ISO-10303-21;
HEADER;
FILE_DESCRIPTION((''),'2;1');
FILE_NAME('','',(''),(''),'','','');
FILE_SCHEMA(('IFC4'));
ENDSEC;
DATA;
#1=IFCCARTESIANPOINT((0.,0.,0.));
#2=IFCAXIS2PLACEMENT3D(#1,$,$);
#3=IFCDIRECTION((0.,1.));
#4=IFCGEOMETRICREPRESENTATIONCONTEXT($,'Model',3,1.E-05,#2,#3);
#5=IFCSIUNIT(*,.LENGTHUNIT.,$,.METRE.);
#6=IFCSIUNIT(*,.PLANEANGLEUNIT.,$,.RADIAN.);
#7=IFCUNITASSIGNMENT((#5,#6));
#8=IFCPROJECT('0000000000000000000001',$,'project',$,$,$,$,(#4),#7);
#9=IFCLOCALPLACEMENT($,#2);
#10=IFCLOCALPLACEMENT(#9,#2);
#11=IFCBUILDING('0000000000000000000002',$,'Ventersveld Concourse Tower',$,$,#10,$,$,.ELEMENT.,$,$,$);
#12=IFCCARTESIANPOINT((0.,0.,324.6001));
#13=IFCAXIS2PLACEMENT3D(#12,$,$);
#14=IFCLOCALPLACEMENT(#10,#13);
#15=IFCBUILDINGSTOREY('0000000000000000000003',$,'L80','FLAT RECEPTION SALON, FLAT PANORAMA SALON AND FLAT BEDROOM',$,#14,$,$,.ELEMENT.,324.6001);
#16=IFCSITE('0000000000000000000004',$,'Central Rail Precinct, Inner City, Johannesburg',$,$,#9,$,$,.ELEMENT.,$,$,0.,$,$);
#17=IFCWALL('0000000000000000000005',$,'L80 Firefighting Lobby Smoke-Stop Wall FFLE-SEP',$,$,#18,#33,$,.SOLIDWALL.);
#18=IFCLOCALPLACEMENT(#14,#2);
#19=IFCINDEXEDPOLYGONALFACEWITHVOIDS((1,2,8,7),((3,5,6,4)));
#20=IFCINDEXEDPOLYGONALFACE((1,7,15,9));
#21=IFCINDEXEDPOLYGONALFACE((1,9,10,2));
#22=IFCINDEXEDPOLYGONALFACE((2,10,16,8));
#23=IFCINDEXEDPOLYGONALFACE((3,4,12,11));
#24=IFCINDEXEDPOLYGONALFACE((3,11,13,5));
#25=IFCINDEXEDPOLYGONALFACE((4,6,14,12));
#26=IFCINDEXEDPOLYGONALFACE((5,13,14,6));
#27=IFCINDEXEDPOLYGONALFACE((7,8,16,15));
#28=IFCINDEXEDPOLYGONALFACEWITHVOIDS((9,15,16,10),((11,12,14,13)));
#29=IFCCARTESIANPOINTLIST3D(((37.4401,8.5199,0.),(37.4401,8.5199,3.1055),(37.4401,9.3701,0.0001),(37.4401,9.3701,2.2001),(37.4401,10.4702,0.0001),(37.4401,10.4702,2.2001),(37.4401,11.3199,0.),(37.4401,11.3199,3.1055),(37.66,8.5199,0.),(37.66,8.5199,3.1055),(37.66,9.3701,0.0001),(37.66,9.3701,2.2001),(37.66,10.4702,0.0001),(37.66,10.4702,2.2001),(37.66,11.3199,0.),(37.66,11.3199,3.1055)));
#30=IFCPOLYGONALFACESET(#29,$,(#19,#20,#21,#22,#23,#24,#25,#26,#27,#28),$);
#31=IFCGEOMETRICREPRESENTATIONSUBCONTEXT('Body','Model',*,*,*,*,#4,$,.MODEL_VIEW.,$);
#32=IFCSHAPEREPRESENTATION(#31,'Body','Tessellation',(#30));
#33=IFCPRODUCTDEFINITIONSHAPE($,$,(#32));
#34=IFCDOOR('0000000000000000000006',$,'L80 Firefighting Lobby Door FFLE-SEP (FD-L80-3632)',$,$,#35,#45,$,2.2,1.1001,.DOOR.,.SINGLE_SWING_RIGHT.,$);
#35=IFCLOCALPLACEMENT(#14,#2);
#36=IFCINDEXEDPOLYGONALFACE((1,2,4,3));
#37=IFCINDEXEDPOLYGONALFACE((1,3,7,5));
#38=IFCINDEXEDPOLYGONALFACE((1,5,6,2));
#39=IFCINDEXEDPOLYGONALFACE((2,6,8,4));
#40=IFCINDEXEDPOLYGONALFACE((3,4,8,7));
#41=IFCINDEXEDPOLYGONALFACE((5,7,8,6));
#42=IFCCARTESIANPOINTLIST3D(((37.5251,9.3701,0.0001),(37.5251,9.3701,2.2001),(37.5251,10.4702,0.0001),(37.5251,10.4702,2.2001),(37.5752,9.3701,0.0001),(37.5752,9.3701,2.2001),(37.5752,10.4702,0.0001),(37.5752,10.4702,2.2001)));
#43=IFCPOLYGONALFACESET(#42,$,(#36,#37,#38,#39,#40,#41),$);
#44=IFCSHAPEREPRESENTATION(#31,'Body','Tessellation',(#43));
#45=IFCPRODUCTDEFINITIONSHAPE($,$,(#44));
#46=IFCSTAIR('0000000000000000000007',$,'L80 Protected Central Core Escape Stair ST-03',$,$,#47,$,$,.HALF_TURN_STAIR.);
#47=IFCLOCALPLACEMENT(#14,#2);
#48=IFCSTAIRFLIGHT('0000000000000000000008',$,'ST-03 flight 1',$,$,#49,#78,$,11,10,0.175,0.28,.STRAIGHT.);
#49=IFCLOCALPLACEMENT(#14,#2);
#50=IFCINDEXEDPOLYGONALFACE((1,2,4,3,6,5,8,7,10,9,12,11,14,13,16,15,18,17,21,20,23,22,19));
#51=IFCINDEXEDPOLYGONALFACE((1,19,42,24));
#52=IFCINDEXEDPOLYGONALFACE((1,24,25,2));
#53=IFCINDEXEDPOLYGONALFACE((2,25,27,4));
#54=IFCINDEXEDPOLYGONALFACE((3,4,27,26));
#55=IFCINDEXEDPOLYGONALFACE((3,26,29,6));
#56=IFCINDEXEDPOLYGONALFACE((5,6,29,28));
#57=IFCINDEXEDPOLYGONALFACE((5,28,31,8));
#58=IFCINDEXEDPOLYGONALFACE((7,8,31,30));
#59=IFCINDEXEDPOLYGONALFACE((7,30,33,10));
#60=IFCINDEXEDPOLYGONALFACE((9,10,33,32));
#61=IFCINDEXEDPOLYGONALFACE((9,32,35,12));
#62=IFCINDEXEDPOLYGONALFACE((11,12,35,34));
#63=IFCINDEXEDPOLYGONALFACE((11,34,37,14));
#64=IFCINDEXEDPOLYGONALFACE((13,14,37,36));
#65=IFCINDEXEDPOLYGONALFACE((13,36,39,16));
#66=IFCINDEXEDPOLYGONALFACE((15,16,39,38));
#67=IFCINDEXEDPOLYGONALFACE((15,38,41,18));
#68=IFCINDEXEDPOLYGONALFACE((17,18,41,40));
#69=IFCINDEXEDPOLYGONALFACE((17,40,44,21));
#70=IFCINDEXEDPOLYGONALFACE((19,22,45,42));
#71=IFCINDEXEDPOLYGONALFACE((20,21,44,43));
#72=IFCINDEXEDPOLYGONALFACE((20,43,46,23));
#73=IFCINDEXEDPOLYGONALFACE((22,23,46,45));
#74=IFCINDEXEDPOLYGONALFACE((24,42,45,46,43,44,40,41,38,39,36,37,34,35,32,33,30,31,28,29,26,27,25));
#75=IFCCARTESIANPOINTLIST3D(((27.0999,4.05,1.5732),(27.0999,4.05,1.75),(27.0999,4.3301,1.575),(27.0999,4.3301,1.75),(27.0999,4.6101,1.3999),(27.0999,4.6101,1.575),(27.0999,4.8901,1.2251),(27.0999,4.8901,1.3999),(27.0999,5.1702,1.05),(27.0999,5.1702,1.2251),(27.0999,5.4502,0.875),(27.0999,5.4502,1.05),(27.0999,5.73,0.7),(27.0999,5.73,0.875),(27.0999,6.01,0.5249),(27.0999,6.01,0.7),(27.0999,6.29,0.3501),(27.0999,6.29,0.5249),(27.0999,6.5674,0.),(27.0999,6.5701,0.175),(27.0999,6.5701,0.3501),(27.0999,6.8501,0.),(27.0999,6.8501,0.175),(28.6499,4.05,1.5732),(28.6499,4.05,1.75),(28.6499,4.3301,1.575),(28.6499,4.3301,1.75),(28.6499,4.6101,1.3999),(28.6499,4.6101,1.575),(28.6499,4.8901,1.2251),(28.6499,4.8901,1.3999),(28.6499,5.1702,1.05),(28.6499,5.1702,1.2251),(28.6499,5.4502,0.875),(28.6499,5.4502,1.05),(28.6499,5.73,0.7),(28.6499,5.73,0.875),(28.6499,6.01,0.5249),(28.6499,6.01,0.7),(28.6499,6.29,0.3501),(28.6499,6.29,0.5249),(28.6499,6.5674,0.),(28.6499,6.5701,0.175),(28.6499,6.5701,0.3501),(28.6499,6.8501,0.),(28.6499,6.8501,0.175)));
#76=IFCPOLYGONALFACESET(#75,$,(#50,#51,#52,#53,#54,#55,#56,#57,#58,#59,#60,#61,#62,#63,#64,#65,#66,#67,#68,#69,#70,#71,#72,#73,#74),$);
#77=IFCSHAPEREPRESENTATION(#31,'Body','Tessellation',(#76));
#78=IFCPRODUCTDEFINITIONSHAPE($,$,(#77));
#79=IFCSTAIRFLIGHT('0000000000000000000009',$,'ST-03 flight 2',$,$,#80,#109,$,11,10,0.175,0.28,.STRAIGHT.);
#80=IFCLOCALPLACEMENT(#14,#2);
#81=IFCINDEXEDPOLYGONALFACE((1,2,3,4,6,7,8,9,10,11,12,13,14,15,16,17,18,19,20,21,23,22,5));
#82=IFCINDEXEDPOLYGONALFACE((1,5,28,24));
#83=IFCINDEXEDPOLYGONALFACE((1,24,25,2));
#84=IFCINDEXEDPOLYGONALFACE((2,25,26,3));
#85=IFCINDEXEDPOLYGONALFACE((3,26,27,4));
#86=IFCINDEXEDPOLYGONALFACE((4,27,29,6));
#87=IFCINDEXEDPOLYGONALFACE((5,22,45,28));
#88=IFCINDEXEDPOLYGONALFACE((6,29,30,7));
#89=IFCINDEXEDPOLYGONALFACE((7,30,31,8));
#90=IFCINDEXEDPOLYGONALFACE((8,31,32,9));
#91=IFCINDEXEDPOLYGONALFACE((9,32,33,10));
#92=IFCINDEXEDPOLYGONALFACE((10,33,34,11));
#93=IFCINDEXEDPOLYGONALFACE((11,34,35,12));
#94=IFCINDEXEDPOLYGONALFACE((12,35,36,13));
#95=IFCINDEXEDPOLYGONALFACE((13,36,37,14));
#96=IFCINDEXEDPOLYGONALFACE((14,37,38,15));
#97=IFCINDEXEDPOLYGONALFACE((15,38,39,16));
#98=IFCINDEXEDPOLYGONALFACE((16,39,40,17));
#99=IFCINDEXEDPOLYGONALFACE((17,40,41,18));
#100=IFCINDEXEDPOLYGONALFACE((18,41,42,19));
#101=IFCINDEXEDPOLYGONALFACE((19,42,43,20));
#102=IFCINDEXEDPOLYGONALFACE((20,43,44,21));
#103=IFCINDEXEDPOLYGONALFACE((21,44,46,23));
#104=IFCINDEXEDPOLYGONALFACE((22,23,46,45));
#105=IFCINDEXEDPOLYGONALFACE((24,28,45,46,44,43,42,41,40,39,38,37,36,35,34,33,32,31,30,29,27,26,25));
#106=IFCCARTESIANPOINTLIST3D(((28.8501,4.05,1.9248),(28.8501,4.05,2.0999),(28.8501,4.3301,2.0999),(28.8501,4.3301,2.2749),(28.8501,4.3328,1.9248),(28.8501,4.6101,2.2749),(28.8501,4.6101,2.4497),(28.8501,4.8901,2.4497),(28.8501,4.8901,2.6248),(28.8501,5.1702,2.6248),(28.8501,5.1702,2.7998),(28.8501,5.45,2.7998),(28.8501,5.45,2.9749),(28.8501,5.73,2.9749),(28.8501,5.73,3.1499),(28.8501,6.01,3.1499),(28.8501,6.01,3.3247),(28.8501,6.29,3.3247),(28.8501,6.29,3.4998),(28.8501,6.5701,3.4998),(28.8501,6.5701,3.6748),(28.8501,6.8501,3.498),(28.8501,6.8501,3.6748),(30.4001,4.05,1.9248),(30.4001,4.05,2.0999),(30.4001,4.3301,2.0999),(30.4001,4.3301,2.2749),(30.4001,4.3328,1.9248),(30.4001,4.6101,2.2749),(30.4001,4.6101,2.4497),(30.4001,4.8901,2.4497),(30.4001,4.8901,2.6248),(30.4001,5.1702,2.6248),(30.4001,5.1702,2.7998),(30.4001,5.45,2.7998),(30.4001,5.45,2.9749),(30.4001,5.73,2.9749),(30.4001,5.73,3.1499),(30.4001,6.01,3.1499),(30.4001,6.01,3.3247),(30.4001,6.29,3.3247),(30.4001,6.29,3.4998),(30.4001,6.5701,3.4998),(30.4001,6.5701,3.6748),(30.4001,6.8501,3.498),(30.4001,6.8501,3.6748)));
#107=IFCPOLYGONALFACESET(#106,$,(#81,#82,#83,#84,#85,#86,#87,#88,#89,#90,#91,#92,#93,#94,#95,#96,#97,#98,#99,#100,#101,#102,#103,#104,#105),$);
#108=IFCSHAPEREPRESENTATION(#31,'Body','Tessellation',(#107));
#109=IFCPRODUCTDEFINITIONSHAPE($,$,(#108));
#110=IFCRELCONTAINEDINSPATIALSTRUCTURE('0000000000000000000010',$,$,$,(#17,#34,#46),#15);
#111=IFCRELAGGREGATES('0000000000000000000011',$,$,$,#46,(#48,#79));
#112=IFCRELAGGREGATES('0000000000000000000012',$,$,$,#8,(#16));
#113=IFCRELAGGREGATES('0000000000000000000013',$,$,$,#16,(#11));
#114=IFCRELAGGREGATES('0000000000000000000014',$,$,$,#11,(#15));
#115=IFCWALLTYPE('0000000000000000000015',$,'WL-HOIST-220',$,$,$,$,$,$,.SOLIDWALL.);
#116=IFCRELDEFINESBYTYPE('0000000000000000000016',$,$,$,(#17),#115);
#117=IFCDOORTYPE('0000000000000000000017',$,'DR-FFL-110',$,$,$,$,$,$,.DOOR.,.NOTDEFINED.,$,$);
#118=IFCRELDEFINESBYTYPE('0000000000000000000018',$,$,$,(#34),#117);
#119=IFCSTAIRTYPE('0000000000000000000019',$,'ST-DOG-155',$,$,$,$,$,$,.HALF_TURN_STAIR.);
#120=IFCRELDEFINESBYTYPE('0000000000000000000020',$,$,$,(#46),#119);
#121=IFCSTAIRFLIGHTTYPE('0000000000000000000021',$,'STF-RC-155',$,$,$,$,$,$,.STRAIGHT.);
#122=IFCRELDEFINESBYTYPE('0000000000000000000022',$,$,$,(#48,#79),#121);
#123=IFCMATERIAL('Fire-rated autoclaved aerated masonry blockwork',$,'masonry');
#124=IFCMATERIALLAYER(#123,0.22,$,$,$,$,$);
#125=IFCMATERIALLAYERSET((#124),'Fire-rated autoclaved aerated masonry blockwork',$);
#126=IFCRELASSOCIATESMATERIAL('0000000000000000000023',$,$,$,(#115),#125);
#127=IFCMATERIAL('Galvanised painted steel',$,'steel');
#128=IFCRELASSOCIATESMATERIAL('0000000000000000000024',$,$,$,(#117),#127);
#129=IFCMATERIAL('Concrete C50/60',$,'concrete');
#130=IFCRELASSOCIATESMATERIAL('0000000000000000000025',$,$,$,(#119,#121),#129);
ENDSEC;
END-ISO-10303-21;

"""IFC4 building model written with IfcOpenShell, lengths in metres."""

from ifc_helpers import new_model, si_unit, direction, frame, frame_2d, origin, place, context, subcontext, project, spatial, polyline, rectangle, outline, extrude, material, layer, layer_set, type_object, element, fill, aggregate, save


model = new_model("IFC4")

# Units and contexts
model_context = context("Model", 3, precision=1e-05, world=origin(), true_north=direction((0.0, 1.0)))
body_context = subcontext(model_context, "Body", "Model", "MODEL_VIEW")
ifc_project = project(units=[si_unit("LENGTHUNIT", "METRE"), si_unit("PLANEANGLEUNIT", "RADIAN")], contexts=[model_context])

# Site, building, storey
site_placement = place(None, origin())
site = spatial("IfcSite", under=ifc_project, at=site_placement, Name="Central Rail Precinct, Inner City, Johannesburg", CompositionType="ELEMENT", RefElevation=0.0)
building_placement = place(site_placement, origin())
building = spatial("IfcBuilding", under=site, at=building_placement, Name="Ventersveld Concourse Tower", CompositionType="ELEMENT")
storey_placement = place(building_placement, frame((0.0, 0.0, 324.6001)))
storey = spatial("IfcBuildingStorey", under=building, at=storey_placement, Name="L80", Description="FLAT RECEPTION SALON, FLAT PANORAMA SALON AND FLAT BEDROOM", CompositionType="ELEMENT", Elevation=324.6001)

# Shared definitions
ifc_material_1 = material(Name="Concrete C50/60", Category="concrete")

# Shared definitions
ifc_material_2 = material(Name="Fire-rated autoclaved aerated masonry blockwork", Category="masonry")
ifc_material_3 = material(Name="Galvanised painted steel", Category="steel")

# Shared definitions
ifc_layer_1 = layer(ifc_material_2, 0.22)
ifc_layer_set_1 = layer_set([ifc_layer_1], Name="Fire-rated autoclaved aerated masonry blockwork")
wall_type_1 = type_object("IfcWallType", Name="WL-HOIST-220", PredefinedType="SOLIDWALL", material=ifc_layer_set_1)

# Wall, opening, door
wall_1_placement = place(storey_placement, frame((37.55, 8.52, 0.0), z_axis=(0.0, 0.0, 1.0), x_axis=(0.0, 1.0, 0.0)))
wall_1 = element("IfcWall", 1, at=wall_1_placement, inside=storey, type_object=wall_type_1, Name="L80 Firefighting Lobby Smoke-Stop Wall FFLE-SEP", PredefinedType="SOLIDWALL", context=body_context, shape_type="SweptSolid", body=[
    extrude(rectangle(XDim=2.8, YDim=0.22, at=frame_2d((1.3999, 0.0))), origin(), (0.0, 0.0, 1.0), 3.1055),
])
opening_1_placement = place(wall_1_placement, frame((0.8501, 0.0, 0.0)))
opening_1 = element("IfcOpeningElement", 2, at=opening_1_placement, cuts=wall_1, PredefinedType="OPENING", context=body_context, shape_type="SweptSolid", body=[
    extrude(rectangle(XDim=1.1001, YDim=2.2, at=frame_2d((0.55, 1.1001))), frame((0.0, 0.1201, 0.0), z_axis=(0.0, -1.0, 0.0), x_axis=(1.0, 0.0, 0.0)), (0.0, 0.0, 1.0), 0.24),
])
door_type_1 = type_object("IfcDoorType", Name="DR-FFL-110", OperationType="NOTDEFINED", PredefinedType="DOOR", material=ifc_material_3)
door_1_placement = place(opening_1_placement, origin())
door_1 = element("IfcDoor", 3, at=door_1_placement, inside=storey, type_object=door_type_1, Name="L80 Firefighting Lobby Door FFLE-SEP (FD-L80-3632)", OperationType="SINGLE_SWING_RIGHT", OverallHeight=2.2, OverallWidth=1.1001, PredefinedType="DOOR", context=body_context, shape_type="SweptSolid", body=[
    extrude(rectangle(XDim=1.1001, YDim=2.2, at=frame_2d((0.55, 1.1001))), frame((0.0, 0.0249, 0.0), z_axis=(0.0, -1.0, 0.0), x_axis=(1.0, 0.0, 0.0)), (0.0, 0.0, 1.0), 0.05),
])
fill(opening_1, door_1)

# Stair, stair flights
stair_type = type_object("IfcStairType", Name="ST-DOG-155", PredefinedType="HALF_TURN_STAIR", material=ifc_material_1)
stair_placement = place(storey_placement, origin())
stair = element("IfcStair", 4, at=stair_placement, inside=storey, type_object=stair_type, Name="L80 Protected Central Core Escape Stair ST-03", PredefinedType="HALF_TURN_STAIR")
stair_flight_type = type_object("IfcStairFlightType", Name="STF-RC-155", PredefinedType="STRAIGHT", material=ifc_material_1)
stair_flight_1_placement = place(storey_placement, frame((27.875, 6.8501, 0.0), z_axis=(0.0, 0.0, 1.0), x_axis=(0.0, -1.0, 0.0)))
stair_flight_1 = element("IfcStairFlight", 5, at=stair_flight_1_placement, type_object=stair_flight_type, Name="ST-03 flight 1", NumberOfRisers=11, NumberOfTreads=10, PredefinedType="STRAIGHT", RiserHeight=0.175, TreadLength=0.28, context=body_context, shape_type="SweptSolid", body=[
    extrude(outline(polyline([(0.0, 0.0), (0.0, 0.175), (0.28, 0.175), (0.28, 0.3501), (0.5601, 0.3501), (0.5601, 0.5249), (0.8401, 0.5249), (0.8401, 0.7), (1.1201, 0.7), (1.1201, 0.875), (1.3999, 0.875), (1.3999, 1.05), (1.6799, 1.05), (1.6799, 1.2251), (1.96, 1.2251), (1.96, 1.3999), (2.24, 1.3999), (2.24, 1.575), (2.52, 1.575), (2.52, 1.75), (2.8, 1.75), (2.8, 1.925), (2.8, 1.5732), (0.2827, 0.0), (0.0, 0.0)])), frame((0.0, 0.7749, 0.0), z_axis=(0.0, -1.0, 0.0), x_axis=(1.0, 0.0, 0.0)), (0.0, 0.0, 1.0), 1.55),
])
stair_flight_2_placement = place(storey_placement, frame((29.625, 4.05, 1.9248), z_axis=(0.0, 0.0, 1.0), x_axis=(0.0, 1.0, 0.0)))
stair_flight_2 = element("IfcStairFlight", 6, at=stair_flight_2_placement, type_object=stair_flight_type, Name="ST-03 flight 2", NumberOfRisers=11, NumberOfTreads=10, PredefinedType="STRAIGHT", RiserHeight=0.175, TreadLength=0.28, context=body_context, shape_type="SweptSolid", body=[
    extrude(outline(polyline([(0.0, 0.0), (0.0, 0.175), (0.28, 0.175), (0.28, 0.3501), (0.5601, 0.3501), (0.5601, 0.5249), (0.8401, 0.5249), (0.8401, 0.7), (1.1201, 0.7), (1.1201, 0.875), (1.3999, 0.875), (1.3999, 1.05), (1.6799, 1.05), (1.6799, 1.2251), (1.96, 1.2251), (1.96, 1.3999), (2.24, 1.3999), (2.24, 1.575), (2.52, 1.575), (2.52, 1.75), (2.8, 1.75), (2.8, 1.925), (2.8, 1.5732), (0.2827, 0.0), (0.0, 0.0)])), frame((0.0, 0.7749, 0.0), z_axis=(0.0, -1.0, 0.0), x_axis=(1.0, 0.0, 0.0)), (0.0, 0.0, 1.0), 1.55),
])
aggregate(stair, [stair_flight_1, stair_flight_2])

save(model, "model.ifc")
